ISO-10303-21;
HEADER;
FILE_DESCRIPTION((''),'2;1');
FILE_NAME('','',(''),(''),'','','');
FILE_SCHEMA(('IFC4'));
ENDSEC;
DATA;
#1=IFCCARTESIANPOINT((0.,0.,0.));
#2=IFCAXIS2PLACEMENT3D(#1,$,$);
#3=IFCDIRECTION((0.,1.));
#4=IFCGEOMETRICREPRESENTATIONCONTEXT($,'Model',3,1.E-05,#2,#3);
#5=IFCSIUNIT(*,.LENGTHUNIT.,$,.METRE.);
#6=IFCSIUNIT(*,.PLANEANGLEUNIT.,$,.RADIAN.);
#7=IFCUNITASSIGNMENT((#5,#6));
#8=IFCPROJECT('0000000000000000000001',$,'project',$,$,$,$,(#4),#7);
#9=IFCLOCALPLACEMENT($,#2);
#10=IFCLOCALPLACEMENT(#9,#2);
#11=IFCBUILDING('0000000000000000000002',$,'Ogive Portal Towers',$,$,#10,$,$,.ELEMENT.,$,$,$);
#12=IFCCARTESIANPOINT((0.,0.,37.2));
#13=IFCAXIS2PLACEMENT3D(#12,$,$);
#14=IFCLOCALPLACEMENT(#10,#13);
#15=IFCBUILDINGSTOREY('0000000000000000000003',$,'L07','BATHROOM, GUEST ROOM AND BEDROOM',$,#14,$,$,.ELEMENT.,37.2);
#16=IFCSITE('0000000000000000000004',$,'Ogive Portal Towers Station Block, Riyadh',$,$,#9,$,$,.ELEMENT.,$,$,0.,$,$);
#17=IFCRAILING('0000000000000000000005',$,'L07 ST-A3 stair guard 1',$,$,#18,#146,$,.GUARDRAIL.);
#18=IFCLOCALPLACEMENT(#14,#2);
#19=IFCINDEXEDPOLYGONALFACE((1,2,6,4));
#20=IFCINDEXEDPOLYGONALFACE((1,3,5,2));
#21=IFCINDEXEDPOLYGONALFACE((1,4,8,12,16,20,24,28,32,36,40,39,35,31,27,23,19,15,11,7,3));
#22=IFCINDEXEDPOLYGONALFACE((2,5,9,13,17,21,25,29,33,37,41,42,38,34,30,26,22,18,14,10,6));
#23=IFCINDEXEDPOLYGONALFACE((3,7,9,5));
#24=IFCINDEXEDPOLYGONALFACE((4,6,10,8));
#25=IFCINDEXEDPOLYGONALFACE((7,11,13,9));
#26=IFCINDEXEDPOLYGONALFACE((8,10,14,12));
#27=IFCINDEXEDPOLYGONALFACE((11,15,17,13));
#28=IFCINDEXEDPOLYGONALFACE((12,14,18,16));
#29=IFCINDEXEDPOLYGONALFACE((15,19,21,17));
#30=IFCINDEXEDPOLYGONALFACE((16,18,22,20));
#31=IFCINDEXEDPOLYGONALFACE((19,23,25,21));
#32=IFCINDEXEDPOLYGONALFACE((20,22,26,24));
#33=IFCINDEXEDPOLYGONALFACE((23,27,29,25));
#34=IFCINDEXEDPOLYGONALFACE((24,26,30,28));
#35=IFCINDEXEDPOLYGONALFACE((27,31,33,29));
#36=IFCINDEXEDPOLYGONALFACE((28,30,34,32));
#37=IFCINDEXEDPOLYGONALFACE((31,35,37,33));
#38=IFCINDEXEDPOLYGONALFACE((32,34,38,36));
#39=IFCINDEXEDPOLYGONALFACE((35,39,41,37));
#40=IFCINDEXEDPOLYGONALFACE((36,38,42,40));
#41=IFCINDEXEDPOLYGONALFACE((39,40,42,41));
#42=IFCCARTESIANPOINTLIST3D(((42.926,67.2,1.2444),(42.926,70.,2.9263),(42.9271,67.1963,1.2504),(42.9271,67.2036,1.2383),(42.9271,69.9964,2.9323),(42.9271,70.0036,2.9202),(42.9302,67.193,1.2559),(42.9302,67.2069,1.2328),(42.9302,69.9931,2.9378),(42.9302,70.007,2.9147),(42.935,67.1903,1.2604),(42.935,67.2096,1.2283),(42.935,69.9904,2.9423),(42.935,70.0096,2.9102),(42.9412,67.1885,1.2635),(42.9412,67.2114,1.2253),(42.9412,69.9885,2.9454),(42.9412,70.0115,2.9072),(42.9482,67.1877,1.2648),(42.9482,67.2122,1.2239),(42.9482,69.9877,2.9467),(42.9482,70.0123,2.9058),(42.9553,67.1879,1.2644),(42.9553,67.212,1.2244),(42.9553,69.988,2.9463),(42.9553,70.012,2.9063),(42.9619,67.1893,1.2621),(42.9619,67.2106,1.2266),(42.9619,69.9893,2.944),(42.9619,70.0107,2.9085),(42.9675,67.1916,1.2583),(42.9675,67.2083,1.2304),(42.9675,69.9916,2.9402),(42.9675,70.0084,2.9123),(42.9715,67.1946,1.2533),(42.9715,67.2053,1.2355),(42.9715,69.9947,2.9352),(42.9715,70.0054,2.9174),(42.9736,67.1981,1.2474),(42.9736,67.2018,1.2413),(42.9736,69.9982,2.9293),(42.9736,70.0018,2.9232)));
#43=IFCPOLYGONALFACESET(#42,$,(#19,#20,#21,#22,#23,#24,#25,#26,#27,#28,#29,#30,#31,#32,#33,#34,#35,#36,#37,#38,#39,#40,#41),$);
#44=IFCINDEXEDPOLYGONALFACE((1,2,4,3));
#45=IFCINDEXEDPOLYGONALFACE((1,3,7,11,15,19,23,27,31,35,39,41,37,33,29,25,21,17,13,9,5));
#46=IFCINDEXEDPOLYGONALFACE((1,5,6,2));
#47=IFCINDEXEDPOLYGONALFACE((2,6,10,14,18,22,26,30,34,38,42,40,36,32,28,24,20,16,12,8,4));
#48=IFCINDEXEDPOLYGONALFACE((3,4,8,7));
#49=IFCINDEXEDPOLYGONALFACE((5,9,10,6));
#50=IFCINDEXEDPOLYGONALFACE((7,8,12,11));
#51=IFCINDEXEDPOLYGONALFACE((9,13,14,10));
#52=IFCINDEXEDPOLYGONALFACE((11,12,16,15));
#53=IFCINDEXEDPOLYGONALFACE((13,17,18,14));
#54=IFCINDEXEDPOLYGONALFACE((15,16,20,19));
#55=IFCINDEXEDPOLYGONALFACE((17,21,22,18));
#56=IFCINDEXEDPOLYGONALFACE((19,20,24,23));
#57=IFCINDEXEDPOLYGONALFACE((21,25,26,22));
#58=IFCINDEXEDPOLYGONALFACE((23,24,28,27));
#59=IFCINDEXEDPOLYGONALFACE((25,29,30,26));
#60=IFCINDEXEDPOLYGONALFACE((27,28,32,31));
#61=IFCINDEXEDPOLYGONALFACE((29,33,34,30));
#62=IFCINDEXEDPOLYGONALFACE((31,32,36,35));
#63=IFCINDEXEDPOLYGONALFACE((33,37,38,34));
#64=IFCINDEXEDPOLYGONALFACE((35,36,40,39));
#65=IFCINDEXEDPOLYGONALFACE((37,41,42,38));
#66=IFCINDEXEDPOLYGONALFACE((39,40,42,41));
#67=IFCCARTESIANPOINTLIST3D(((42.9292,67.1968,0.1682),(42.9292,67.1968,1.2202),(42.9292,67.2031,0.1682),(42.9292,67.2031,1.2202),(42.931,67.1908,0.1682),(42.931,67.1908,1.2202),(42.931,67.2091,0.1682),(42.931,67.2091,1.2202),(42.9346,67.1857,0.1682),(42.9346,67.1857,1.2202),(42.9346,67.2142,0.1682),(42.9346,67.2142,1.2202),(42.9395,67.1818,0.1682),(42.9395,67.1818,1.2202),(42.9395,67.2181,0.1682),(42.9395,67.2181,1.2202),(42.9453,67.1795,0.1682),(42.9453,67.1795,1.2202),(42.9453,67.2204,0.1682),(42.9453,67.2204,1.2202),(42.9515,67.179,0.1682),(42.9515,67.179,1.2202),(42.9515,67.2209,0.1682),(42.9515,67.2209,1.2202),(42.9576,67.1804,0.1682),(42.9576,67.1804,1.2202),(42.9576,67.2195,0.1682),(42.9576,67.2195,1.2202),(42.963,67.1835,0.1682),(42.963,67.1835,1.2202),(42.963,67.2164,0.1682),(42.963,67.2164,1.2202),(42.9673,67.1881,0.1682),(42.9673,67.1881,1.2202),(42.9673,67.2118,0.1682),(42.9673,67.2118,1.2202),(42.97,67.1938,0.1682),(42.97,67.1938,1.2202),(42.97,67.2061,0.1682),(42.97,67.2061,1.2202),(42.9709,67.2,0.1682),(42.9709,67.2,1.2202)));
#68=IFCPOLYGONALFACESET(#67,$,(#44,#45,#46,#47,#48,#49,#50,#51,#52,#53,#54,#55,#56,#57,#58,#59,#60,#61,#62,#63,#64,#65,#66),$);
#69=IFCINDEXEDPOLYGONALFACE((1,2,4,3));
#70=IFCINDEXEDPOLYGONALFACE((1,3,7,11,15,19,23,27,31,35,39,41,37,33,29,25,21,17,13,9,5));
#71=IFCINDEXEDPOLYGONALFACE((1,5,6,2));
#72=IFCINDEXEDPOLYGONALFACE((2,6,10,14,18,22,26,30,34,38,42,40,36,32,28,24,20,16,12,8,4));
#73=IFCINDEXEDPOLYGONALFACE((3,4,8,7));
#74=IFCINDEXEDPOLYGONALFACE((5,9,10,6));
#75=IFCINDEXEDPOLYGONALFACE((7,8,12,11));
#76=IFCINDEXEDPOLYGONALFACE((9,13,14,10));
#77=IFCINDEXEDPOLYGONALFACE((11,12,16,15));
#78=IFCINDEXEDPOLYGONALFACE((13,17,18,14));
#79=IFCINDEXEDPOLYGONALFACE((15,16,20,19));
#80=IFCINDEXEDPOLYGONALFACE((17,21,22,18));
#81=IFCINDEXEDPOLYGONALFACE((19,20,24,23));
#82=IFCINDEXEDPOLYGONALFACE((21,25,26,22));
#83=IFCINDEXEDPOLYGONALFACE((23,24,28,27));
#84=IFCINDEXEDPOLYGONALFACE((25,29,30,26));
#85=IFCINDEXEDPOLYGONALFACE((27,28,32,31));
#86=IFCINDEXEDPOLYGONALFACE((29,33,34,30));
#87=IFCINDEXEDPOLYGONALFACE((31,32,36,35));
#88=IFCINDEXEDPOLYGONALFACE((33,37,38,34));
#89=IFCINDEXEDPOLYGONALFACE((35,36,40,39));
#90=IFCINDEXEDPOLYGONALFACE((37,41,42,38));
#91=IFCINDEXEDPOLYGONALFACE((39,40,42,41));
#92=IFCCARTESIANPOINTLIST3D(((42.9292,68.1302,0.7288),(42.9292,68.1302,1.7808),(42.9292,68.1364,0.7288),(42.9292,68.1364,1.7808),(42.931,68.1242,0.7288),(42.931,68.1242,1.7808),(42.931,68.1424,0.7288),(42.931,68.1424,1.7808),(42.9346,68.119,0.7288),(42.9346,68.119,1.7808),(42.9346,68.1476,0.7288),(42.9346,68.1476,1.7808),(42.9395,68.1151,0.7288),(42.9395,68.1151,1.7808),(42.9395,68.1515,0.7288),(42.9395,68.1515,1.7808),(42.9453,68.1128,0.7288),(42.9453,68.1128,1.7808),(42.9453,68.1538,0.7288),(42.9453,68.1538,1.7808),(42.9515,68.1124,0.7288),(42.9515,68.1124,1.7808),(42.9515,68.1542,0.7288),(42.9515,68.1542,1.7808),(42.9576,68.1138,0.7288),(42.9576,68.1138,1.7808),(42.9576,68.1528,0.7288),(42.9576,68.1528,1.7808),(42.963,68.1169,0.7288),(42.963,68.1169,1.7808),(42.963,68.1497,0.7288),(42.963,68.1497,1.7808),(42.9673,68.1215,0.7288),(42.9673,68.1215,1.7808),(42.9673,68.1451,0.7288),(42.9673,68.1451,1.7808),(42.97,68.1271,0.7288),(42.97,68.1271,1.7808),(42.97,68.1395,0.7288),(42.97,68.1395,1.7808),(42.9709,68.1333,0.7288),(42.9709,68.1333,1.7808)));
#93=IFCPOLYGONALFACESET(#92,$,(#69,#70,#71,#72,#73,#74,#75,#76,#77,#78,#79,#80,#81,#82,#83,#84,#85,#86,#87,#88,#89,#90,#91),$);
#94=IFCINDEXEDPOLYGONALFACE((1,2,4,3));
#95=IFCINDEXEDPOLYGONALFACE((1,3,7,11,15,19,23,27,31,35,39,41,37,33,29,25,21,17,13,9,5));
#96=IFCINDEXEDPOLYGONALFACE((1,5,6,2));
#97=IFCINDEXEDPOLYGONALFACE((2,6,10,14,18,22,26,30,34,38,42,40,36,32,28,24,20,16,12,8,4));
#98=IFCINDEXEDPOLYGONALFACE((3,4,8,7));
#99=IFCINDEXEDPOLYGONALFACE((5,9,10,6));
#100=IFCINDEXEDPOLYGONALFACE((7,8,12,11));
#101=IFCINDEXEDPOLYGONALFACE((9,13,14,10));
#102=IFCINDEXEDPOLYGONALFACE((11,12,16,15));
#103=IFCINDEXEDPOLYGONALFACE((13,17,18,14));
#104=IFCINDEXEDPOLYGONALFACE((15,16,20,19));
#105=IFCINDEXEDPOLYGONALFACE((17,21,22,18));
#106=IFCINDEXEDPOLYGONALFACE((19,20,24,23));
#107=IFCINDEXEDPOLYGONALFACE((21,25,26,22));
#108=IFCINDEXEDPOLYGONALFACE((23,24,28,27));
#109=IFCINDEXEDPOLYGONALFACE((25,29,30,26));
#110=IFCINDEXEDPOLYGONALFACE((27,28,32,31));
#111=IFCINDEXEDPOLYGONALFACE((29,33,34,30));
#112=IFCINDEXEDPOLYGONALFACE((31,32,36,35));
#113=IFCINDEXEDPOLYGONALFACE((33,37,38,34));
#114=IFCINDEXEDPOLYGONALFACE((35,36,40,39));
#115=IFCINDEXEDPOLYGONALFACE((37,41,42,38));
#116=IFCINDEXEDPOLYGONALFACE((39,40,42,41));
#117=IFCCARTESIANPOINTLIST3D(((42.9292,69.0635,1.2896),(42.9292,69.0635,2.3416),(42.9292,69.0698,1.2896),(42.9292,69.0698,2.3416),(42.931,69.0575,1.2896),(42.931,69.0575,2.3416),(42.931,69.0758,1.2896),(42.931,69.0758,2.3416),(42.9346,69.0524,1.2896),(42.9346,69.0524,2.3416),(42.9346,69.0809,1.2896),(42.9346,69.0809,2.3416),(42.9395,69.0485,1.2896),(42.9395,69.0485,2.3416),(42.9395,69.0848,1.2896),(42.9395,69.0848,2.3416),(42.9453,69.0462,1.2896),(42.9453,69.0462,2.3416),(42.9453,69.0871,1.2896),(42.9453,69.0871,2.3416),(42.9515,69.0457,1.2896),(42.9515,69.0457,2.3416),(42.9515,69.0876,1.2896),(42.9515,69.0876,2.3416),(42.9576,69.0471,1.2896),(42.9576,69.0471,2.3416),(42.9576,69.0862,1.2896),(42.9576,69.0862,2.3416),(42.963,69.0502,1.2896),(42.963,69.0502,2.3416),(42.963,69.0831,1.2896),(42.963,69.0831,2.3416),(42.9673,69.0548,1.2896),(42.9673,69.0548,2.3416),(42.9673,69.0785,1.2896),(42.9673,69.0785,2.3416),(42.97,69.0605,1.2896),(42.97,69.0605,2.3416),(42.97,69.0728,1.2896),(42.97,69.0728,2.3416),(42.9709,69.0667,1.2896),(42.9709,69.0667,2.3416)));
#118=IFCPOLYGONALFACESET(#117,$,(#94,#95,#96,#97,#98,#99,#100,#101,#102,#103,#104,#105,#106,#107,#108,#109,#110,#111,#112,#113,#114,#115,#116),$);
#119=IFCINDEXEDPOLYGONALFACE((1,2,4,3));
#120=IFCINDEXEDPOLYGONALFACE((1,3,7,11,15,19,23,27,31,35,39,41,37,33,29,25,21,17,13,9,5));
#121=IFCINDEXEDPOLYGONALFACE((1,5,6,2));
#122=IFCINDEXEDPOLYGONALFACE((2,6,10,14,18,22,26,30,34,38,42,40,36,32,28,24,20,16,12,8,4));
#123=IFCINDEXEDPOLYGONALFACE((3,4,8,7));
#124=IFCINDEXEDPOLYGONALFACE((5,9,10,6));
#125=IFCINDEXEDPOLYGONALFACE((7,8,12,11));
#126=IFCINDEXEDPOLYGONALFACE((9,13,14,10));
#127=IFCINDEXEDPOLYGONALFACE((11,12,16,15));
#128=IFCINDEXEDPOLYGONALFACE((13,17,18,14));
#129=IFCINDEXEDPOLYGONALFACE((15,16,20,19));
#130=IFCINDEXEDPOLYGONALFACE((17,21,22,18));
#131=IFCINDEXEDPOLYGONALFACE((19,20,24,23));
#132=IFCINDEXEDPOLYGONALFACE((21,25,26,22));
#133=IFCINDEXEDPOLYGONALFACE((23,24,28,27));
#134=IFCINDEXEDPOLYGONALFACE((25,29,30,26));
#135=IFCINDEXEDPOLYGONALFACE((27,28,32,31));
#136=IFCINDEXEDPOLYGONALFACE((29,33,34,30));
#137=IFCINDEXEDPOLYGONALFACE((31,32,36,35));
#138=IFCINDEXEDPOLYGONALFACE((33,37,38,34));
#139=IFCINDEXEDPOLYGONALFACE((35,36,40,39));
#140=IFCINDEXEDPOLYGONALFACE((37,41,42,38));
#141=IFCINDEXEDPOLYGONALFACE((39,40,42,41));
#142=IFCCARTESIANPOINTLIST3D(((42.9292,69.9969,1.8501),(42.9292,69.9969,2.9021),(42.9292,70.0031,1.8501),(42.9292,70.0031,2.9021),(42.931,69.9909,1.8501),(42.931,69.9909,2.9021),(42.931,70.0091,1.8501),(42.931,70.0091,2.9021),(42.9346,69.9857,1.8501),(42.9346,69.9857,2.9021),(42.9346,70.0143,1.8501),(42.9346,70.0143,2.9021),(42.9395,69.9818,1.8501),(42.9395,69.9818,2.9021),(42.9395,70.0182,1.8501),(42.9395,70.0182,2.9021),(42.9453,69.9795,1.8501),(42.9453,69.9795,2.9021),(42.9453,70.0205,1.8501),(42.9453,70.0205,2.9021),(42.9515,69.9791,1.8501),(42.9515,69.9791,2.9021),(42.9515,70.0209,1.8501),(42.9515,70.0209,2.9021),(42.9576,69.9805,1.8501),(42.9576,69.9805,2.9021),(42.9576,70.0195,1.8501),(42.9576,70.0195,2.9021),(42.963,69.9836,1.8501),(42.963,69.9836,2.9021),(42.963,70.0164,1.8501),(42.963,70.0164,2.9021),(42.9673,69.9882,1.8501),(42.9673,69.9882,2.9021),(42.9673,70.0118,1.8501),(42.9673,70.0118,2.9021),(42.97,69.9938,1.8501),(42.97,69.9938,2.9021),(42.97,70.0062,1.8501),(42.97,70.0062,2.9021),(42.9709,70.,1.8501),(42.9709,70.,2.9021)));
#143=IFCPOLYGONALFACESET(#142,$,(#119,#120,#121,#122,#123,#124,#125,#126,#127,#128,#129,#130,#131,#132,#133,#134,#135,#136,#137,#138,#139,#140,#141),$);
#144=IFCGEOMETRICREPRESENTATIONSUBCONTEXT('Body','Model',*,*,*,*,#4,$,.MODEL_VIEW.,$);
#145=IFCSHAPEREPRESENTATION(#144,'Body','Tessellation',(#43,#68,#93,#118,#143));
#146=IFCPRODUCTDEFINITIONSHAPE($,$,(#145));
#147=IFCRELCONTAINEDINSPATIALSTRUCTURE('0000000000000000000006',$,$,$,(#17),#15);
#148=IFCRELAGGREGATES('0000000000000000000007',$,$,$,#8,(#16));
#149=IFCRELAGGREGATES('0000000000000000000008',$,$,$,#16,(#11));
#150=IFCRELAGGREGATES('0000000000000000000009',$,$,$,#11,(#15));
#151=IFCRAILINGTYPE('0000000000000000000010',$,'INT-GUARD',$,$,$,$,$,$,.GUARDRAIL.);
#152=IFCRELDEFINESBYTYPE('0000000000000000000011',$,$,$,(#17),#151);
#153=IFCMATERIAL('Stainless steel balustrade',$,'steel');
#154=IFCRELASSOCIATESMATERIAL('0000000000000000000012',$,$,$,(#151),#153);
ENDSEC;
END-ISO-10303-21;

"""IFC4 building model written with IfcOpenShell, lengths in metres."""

from ifc_helpers import new_model, si_unit, direction, frame, origin, origin_2d, place, context, subcontext, project, spatial, circle, extrude, material, type_object, element, save


model = new_model("IFC4")

# Units and contexts
model_context = context("Model", 3, precision=1e-05, world=origin(), true_north=direction((0.0, 1.0)))
body_context = subcontext(model_context, "Body", "Model", "MODEL_VIEW")
ifc_project = project(units=[si_unit("LENGTHUNIT", "METRE"), si_unit("PLANEANGLEUNIT", "RADIAN")], contexts=[model_context])

# Site, building, storey
site_placement = place(None, origin())
site = spatial("IfcSite", under=ifc_project, at=site_placement, Name="Ogive Portal Towers Station Block, Riyadh", CompositionType="ELEMENT", RefElevation=0.0)
building_placement = place(site_placement, origin())
building = spatial("IfcBuilding", under=site, at=building_placement, Name="Ogive Portal Towers", CompositionType="ELEMENT")
storey_placement = place(building_placement, frame((0.0, 0.0, 37.2)))
storey = spatial("IfcBuildingStorey", under=building, at=storey_placement, Name="L07", Description="BATHROOM, GUEST ROOM AND BEDROOM", CompositionType="ELEMENT", Elevation=37.2)

# Railing
ifc_material_1 = material(Name="Stainless steel balustrade", Category="steel")
railing_type_1 = type_object("IfcRailingType", Name="INT-GUARD", PredefinedType="GUARDRAIL", material=ifc_material_1)
railing_1_placement = place(storey_placement, frame((42.95, 67.2, 0.1682)))
element("IfcRailing", 1, at=railing_1_placement, inside=storey, type_object=railing_type_1, Name="L07 ST-A3 stair guard 1", PredefinedType="GUARDRAIL", context=body_context, shape_type="SweptSolid", body=[
    extrude(circle(Radius=0.0239, at=origin_2d()), frame((0.0, 0.0, 1.0762), z_axis=(0.0, 0.857242, 0.514913), x_axis=(-1.0, 0.0, 0.0)), (0.0, 0.0, 1.0), 3.2664),
    extrude(circle(Radius=0.021, at=origin_2d()), origin(), (0.0, 0.0, 1.0), 1.052),
    extrude(circle(Radius=0.021, at=origin_2d()), frame((0.0, 0.9333, 0.5605)), (0.0, 0.0, 1.0), 1.052),
    extrude(circle(Radius=0.021, at=origin_2d()), frame((0.0, 1.8667, 1.1213)), (0.0, 0.0, 1.0), 1.052),
    extrude(circle(Radius=0.021, at=origin_2d()), frame((0.0, 2.8, 1.6819)), (0.0, 0.0, 1.0), 1.052),
])

save(model, "model.ifc")
